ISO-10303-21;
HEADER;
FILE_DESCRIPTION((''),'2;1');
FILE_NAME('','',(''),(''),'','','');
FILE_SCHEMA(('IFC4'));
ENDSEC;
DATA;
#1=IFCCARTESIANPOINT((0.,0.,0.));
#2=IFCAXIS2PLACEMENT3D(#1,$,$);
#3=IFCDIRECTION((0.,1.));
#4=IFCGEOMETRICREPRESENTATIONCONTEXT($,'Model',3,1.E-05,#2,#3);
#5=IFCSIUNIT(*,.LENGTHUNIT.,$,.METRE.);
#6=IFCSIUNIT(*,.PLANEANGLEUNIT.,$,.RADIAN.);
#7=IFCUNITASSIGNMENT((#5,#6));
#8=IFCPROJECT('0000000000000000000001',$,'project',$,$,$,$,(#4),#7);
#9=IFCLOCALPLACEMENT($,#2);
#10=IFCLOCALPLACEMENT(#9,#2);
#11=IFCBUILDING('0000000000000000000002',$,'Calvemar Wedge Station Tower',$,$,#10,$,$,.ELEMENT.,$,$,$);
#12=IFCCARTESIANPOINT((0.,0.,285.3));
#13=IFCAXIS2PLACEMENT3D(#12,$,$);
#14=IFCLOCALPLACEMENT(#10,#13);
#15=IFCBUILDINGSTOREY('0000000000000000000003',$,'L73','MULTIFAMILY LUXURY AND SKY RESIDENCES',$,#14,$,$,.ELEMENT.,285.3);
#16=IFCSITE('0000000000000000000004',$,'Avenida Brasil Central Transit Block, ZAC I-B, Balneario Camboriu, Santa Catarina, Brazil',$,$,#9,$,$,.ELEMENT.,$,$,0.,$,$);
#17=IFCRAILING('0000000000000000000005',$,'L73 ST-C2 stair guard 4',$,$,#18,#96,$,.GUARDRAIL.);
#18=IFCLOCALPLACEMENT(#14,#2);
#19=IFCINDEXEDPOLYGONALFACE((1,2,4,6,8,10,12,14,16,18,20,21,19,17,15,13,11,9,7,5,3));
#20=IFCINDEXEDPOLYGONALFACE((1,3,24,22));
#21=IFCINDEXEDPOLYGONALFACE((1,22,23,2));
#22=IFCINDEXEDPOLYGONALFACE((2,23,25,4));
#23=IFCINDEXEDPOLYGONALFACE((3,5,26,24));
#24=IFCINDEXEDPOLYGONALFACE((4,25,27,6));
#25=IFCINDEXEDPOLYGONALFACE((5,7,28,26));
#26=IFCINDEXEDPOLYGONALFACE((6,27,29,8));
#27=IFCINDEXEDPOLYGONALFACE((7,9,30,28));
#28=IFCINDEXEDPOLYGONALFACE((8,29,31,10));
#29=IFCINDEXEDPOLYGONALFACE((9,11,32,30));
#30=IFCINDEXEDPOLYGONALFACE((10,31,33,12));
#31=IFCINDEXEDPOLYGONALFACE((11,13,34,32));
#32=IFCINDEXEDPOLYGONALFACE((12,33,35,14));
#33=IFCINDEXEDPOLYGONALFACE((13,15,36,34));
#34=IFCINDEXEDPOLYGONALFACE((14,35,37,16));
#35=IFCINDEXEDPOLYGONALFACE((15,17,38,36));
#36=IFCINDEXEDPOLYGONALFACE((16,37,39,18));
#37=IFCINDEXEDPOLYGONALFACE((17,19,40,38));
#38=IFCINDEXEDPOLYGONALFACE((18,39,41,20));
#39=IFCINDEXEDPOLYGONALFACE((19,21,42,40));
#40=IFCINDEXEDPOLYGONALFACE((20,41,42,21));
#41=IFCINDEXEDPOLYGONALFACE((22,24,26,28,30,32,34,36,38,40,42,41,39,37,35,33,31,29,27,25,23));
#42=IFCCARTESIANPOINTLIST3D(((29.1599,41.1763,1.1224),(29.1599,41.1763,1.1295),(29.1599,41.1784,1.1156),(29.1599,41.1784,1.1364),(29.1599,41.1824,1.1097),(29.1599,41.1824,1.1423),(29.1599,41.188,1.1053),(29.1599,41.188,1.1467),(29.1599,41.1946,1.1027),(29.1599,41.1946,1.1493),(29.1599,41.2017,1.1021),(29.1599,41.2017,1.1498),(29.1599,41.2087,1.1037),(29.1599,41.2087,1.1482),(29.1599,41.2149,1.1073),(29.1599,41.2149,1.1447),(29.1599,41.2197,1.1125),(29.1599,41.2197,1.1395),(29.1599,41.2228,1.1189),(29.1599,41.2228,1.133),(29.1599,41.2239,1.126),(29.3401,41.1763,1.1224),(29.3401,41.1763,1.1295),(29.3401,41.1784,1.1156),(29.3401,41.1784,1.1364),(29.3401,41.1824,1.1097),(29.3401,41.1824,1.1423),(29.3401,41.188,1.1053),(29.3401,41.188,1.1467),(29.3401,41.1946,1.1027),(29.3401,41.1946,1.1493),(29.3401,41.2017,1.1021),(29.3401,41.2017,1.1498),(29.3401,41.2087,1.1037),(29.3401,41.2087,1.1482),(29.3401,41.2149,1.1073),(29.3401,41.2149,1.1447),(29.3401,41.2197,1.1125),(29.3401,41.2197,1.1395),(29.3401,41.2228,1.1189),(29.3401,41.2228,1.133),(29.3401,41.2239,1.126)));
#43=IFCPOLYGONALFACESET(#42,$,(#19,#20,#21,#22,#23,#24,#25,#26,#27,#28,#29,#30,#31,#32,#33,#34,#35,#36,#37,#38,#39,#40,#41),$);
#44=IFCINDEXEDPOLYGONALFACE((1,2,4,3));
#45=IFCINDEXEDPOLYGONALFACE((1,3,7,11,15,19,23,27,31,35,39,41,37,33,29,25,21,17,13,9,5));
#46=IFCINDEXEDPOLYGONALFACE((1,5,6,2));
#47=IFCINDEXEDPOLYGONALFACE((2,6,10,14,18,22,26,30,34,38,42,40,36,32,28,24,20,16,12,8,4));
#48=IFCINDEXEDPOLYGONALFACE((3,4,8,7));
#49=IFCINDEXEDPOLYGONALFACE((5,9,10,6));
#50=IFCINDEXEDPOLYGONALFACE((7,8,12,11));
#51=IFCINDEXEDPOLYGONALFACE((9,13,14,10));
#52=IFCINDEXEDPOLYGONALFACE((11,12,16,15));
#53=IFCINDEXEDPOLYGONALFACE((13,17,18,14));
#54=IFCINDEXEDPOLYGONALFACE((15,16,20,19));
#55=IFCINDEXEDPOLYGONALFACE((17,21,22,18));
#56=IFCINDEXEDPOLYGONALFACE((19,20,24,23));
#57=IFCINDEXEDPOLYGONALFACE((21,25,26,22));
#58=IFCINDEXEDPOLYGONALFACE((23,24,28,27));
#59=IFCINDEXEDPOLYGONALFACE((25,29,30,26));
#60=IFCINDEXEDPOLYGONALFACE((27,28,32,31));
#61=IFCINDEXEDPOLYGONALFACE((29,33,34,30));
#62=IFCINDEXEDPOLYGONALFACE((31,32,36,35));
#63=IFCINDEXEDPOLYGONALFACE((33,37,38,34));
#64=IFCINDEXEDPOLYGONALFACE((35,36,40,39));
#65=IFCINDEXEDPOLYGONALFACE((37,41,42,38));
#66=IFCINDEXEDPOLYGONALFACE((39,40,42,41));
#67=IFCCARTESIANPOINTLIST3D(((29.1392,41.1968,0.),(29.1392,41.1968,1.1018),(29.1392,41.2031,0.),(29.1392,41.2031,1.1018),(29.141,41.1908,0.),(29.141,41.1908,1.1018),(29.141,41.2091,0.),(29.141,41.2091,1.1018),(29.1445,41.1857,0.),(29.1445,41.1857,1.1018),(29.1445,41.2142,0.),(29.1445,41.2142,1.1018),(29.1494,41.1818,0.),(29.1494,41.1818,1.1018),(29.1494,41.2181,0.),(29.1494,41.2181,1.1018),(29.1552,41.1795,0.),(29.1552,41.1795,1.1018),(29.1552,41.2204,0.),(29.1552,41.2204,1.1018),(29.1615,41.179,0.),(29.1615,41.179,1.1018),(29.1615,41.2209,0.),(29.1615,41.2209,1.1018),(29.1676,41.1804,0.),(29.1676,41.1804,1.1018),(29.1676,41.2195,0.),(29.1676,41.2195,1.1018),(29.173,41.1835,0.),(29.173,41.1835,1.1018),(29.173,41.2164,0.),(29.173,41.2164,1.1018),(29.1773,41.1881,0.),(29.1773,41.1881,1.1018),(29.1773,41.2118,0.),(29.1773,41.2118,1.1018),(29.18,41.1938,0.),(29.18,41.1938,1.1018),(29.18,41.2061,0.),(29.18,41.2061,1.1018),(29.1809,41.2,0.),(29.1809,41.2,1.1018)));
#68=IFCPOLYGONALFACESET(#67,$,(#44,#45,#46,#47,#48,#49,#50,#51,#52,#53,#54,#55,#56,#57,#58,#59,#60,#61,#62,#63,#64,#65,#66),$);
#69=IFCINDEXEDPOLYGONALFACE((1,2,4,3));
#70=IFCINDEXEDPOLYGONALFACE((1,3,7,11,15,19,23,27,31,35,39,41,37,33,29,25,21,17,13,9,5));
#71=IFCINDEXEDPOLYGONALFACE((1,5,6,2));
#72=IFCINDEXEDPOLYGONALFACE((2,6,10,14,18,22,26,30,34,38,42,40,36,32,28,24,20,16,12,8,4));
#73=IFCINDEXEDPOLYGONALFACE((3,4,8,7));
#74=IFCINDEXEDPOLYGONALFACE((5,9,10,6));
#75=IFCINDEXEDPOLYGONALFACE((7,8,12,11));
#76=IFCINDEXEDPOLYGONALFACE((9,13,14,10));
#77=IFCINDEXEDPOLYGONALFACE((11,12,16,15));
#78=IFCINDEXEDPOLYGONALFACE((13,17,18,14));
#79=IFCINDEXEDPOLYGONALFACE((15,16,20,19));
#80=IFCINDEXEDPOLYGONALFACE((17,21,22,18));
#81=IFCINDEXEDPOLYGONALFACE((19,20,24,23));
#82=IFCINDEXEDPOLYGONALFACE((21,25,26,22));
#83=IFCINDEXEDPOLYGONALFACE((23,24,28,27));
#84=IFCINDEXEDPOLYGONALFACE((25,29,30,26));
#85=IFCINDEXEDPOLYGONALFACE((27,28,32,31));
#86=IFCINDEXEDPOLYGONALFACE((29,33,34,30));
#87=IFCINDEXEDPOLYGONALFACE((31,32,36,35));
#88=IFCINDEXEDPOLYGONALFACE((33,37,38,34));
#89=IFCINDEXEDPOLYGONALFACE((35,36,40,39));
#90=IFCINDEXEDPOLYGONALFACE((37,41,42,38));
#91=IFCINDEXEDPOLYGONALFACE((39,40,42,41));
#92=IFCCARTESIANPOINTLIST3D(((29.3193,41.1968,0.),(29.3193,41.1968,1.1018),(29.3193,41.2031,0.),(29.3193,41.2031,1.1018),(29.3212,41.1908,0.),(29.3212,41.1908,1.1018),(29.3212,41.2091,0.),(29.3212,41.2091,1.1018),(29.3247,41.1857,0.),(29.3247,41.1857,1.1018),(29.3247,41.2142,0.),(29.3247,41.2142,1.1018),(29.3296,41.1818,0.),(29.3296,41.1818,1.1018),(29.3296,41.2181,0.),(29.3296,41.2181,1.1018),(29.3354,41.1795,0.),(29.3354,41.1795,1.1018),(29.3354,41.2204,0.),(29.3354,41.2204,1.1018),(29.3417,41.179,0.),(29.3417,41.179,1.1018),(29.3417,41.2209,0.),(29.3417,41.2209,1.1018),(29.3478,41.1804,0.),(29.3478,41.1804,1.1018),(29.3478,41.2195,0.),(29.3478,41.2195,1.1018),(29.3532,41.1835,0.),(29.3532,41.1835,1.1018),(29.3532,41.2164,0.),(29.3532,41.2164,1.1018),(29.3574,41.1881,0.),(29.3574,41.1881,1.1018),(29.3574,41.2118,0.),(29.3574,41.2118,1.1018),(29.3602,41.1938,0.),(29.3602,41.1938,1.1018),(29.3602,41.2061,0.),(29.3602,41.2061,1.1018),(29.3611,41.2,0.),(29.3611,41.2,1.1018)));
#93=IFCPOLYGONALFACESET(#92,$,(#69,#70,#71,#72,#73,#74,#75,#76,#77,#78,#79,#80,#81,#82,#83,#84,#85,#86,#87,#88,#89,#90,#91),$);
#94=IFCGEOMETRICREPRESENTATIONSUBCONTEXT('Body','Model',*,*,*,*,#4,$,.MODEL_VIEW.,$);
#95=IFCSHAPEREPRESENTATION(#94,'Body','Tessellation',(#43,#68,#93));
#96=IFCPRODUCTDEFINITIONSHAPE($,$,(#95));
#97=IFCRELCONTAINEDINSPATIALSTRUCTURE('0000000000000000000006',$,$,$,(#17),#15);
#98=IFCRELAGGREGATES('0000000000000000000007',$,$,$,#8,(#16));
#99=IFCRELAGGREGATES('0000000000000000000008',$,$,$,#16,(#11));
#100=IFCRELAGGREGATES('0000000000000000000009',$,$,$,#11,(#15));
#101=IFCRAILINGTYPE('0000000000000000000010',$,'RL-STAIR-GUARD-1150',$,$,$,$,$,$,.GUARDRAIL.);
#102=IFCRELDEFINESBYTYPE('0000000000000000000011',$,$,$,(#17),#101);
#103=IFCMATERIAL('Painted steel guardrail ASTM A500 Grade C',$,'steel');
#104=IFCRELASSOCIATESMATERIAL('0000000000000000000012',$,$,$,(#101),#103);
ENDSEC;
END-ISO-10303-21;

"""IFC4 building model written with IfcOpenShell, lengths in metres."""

from ifc_helpers import new_model, si_unit, direction, frame, origin, origin_2d, place, context, subcontext, project, spatial, circle, extrude, material, type_object, element, save


model = new_model("IFC4")

# Units and contexts
model_context = context("Model", 3, precision=1e-05, world=origin(), true_north=direction((0.0, 1.0)))
body_context = subcontext(model_context, "Body", "Model", "MODEL_VIEW")
ifc_project = project(units=[si_unit("LENGTHUNIT", "METRE"), si_unit("PLANEANGLEUNIT", "RADIAN")], contexts=[model_context])

# Site, building, storey
site_placement = place(None, origin())
site = spatial("IfcSite", under=ifc_project, at=site_placement, Name="Avenida Brasil Central Transit Block, ZAC I-B, Balneario Camboriu, Santa Catarina, Brazil", CompositionType="ELEMENT", RefElevation=0.0)
building_placement = place(site_placement, origin())
building = spatial("IfcBuilding", under=site, at=building_placement, Name="Calvemar Wedge Station Tower", CompositionType="ELEMENT")
storey_placement = place(building_placement, frame((0.0, 0.0, 285.3)))
storey = spatial("IfcBuildingStorey", under=building, at=storey_placement, Name="L73", Description="MULTIFAMILY LUXURY AND SKY RESIDENCES", CompositionType="ELEMENT", Elevation=285.3)

# Railing
ifc_material_1 = material(Name="Painted steel guardrail ASTM A500 Grade C", Category="steel")
railing_type_1 = type_object("IfcRailingType", Name="RL-STAIR-GUARD-1150", PredefinedType="GUARDRAIL", material=ifc_material_1)
railing_1_placement = place(storey_placement, frame((29.1599, 41.2, 0.0)))
element("IfcRailing", 1, at=railing_1_placement, inside=storey, type_object=railing_type_1, Name="L73 ST-C2 stair guard 4", PredefinedType="GUARDRAIL", context=body_context, shape_type="SweptSolid", body=[
    extrude(circle(Radius=0.0239, at=origin_2d()), frame((0.0, 0.0, 1.126), z_axis=(1.0, 0.0, 0.0), x_axis=(0.0, 1.0, 0.0)), (0.0, 0.0, 1.0), 0.1802),
    extrude(circle(Radius=0.021, at=origin_2d()), origin(), (0.0, 0.0, 1.0), 1.1018),
    extrude(circle(Radius=0.021, at=origin_2d()), frame((0.1802, 0.0, 0.0)), (0.0, 0.0, 1.0), 1.1018),
])

save(model, "model.ifc")
